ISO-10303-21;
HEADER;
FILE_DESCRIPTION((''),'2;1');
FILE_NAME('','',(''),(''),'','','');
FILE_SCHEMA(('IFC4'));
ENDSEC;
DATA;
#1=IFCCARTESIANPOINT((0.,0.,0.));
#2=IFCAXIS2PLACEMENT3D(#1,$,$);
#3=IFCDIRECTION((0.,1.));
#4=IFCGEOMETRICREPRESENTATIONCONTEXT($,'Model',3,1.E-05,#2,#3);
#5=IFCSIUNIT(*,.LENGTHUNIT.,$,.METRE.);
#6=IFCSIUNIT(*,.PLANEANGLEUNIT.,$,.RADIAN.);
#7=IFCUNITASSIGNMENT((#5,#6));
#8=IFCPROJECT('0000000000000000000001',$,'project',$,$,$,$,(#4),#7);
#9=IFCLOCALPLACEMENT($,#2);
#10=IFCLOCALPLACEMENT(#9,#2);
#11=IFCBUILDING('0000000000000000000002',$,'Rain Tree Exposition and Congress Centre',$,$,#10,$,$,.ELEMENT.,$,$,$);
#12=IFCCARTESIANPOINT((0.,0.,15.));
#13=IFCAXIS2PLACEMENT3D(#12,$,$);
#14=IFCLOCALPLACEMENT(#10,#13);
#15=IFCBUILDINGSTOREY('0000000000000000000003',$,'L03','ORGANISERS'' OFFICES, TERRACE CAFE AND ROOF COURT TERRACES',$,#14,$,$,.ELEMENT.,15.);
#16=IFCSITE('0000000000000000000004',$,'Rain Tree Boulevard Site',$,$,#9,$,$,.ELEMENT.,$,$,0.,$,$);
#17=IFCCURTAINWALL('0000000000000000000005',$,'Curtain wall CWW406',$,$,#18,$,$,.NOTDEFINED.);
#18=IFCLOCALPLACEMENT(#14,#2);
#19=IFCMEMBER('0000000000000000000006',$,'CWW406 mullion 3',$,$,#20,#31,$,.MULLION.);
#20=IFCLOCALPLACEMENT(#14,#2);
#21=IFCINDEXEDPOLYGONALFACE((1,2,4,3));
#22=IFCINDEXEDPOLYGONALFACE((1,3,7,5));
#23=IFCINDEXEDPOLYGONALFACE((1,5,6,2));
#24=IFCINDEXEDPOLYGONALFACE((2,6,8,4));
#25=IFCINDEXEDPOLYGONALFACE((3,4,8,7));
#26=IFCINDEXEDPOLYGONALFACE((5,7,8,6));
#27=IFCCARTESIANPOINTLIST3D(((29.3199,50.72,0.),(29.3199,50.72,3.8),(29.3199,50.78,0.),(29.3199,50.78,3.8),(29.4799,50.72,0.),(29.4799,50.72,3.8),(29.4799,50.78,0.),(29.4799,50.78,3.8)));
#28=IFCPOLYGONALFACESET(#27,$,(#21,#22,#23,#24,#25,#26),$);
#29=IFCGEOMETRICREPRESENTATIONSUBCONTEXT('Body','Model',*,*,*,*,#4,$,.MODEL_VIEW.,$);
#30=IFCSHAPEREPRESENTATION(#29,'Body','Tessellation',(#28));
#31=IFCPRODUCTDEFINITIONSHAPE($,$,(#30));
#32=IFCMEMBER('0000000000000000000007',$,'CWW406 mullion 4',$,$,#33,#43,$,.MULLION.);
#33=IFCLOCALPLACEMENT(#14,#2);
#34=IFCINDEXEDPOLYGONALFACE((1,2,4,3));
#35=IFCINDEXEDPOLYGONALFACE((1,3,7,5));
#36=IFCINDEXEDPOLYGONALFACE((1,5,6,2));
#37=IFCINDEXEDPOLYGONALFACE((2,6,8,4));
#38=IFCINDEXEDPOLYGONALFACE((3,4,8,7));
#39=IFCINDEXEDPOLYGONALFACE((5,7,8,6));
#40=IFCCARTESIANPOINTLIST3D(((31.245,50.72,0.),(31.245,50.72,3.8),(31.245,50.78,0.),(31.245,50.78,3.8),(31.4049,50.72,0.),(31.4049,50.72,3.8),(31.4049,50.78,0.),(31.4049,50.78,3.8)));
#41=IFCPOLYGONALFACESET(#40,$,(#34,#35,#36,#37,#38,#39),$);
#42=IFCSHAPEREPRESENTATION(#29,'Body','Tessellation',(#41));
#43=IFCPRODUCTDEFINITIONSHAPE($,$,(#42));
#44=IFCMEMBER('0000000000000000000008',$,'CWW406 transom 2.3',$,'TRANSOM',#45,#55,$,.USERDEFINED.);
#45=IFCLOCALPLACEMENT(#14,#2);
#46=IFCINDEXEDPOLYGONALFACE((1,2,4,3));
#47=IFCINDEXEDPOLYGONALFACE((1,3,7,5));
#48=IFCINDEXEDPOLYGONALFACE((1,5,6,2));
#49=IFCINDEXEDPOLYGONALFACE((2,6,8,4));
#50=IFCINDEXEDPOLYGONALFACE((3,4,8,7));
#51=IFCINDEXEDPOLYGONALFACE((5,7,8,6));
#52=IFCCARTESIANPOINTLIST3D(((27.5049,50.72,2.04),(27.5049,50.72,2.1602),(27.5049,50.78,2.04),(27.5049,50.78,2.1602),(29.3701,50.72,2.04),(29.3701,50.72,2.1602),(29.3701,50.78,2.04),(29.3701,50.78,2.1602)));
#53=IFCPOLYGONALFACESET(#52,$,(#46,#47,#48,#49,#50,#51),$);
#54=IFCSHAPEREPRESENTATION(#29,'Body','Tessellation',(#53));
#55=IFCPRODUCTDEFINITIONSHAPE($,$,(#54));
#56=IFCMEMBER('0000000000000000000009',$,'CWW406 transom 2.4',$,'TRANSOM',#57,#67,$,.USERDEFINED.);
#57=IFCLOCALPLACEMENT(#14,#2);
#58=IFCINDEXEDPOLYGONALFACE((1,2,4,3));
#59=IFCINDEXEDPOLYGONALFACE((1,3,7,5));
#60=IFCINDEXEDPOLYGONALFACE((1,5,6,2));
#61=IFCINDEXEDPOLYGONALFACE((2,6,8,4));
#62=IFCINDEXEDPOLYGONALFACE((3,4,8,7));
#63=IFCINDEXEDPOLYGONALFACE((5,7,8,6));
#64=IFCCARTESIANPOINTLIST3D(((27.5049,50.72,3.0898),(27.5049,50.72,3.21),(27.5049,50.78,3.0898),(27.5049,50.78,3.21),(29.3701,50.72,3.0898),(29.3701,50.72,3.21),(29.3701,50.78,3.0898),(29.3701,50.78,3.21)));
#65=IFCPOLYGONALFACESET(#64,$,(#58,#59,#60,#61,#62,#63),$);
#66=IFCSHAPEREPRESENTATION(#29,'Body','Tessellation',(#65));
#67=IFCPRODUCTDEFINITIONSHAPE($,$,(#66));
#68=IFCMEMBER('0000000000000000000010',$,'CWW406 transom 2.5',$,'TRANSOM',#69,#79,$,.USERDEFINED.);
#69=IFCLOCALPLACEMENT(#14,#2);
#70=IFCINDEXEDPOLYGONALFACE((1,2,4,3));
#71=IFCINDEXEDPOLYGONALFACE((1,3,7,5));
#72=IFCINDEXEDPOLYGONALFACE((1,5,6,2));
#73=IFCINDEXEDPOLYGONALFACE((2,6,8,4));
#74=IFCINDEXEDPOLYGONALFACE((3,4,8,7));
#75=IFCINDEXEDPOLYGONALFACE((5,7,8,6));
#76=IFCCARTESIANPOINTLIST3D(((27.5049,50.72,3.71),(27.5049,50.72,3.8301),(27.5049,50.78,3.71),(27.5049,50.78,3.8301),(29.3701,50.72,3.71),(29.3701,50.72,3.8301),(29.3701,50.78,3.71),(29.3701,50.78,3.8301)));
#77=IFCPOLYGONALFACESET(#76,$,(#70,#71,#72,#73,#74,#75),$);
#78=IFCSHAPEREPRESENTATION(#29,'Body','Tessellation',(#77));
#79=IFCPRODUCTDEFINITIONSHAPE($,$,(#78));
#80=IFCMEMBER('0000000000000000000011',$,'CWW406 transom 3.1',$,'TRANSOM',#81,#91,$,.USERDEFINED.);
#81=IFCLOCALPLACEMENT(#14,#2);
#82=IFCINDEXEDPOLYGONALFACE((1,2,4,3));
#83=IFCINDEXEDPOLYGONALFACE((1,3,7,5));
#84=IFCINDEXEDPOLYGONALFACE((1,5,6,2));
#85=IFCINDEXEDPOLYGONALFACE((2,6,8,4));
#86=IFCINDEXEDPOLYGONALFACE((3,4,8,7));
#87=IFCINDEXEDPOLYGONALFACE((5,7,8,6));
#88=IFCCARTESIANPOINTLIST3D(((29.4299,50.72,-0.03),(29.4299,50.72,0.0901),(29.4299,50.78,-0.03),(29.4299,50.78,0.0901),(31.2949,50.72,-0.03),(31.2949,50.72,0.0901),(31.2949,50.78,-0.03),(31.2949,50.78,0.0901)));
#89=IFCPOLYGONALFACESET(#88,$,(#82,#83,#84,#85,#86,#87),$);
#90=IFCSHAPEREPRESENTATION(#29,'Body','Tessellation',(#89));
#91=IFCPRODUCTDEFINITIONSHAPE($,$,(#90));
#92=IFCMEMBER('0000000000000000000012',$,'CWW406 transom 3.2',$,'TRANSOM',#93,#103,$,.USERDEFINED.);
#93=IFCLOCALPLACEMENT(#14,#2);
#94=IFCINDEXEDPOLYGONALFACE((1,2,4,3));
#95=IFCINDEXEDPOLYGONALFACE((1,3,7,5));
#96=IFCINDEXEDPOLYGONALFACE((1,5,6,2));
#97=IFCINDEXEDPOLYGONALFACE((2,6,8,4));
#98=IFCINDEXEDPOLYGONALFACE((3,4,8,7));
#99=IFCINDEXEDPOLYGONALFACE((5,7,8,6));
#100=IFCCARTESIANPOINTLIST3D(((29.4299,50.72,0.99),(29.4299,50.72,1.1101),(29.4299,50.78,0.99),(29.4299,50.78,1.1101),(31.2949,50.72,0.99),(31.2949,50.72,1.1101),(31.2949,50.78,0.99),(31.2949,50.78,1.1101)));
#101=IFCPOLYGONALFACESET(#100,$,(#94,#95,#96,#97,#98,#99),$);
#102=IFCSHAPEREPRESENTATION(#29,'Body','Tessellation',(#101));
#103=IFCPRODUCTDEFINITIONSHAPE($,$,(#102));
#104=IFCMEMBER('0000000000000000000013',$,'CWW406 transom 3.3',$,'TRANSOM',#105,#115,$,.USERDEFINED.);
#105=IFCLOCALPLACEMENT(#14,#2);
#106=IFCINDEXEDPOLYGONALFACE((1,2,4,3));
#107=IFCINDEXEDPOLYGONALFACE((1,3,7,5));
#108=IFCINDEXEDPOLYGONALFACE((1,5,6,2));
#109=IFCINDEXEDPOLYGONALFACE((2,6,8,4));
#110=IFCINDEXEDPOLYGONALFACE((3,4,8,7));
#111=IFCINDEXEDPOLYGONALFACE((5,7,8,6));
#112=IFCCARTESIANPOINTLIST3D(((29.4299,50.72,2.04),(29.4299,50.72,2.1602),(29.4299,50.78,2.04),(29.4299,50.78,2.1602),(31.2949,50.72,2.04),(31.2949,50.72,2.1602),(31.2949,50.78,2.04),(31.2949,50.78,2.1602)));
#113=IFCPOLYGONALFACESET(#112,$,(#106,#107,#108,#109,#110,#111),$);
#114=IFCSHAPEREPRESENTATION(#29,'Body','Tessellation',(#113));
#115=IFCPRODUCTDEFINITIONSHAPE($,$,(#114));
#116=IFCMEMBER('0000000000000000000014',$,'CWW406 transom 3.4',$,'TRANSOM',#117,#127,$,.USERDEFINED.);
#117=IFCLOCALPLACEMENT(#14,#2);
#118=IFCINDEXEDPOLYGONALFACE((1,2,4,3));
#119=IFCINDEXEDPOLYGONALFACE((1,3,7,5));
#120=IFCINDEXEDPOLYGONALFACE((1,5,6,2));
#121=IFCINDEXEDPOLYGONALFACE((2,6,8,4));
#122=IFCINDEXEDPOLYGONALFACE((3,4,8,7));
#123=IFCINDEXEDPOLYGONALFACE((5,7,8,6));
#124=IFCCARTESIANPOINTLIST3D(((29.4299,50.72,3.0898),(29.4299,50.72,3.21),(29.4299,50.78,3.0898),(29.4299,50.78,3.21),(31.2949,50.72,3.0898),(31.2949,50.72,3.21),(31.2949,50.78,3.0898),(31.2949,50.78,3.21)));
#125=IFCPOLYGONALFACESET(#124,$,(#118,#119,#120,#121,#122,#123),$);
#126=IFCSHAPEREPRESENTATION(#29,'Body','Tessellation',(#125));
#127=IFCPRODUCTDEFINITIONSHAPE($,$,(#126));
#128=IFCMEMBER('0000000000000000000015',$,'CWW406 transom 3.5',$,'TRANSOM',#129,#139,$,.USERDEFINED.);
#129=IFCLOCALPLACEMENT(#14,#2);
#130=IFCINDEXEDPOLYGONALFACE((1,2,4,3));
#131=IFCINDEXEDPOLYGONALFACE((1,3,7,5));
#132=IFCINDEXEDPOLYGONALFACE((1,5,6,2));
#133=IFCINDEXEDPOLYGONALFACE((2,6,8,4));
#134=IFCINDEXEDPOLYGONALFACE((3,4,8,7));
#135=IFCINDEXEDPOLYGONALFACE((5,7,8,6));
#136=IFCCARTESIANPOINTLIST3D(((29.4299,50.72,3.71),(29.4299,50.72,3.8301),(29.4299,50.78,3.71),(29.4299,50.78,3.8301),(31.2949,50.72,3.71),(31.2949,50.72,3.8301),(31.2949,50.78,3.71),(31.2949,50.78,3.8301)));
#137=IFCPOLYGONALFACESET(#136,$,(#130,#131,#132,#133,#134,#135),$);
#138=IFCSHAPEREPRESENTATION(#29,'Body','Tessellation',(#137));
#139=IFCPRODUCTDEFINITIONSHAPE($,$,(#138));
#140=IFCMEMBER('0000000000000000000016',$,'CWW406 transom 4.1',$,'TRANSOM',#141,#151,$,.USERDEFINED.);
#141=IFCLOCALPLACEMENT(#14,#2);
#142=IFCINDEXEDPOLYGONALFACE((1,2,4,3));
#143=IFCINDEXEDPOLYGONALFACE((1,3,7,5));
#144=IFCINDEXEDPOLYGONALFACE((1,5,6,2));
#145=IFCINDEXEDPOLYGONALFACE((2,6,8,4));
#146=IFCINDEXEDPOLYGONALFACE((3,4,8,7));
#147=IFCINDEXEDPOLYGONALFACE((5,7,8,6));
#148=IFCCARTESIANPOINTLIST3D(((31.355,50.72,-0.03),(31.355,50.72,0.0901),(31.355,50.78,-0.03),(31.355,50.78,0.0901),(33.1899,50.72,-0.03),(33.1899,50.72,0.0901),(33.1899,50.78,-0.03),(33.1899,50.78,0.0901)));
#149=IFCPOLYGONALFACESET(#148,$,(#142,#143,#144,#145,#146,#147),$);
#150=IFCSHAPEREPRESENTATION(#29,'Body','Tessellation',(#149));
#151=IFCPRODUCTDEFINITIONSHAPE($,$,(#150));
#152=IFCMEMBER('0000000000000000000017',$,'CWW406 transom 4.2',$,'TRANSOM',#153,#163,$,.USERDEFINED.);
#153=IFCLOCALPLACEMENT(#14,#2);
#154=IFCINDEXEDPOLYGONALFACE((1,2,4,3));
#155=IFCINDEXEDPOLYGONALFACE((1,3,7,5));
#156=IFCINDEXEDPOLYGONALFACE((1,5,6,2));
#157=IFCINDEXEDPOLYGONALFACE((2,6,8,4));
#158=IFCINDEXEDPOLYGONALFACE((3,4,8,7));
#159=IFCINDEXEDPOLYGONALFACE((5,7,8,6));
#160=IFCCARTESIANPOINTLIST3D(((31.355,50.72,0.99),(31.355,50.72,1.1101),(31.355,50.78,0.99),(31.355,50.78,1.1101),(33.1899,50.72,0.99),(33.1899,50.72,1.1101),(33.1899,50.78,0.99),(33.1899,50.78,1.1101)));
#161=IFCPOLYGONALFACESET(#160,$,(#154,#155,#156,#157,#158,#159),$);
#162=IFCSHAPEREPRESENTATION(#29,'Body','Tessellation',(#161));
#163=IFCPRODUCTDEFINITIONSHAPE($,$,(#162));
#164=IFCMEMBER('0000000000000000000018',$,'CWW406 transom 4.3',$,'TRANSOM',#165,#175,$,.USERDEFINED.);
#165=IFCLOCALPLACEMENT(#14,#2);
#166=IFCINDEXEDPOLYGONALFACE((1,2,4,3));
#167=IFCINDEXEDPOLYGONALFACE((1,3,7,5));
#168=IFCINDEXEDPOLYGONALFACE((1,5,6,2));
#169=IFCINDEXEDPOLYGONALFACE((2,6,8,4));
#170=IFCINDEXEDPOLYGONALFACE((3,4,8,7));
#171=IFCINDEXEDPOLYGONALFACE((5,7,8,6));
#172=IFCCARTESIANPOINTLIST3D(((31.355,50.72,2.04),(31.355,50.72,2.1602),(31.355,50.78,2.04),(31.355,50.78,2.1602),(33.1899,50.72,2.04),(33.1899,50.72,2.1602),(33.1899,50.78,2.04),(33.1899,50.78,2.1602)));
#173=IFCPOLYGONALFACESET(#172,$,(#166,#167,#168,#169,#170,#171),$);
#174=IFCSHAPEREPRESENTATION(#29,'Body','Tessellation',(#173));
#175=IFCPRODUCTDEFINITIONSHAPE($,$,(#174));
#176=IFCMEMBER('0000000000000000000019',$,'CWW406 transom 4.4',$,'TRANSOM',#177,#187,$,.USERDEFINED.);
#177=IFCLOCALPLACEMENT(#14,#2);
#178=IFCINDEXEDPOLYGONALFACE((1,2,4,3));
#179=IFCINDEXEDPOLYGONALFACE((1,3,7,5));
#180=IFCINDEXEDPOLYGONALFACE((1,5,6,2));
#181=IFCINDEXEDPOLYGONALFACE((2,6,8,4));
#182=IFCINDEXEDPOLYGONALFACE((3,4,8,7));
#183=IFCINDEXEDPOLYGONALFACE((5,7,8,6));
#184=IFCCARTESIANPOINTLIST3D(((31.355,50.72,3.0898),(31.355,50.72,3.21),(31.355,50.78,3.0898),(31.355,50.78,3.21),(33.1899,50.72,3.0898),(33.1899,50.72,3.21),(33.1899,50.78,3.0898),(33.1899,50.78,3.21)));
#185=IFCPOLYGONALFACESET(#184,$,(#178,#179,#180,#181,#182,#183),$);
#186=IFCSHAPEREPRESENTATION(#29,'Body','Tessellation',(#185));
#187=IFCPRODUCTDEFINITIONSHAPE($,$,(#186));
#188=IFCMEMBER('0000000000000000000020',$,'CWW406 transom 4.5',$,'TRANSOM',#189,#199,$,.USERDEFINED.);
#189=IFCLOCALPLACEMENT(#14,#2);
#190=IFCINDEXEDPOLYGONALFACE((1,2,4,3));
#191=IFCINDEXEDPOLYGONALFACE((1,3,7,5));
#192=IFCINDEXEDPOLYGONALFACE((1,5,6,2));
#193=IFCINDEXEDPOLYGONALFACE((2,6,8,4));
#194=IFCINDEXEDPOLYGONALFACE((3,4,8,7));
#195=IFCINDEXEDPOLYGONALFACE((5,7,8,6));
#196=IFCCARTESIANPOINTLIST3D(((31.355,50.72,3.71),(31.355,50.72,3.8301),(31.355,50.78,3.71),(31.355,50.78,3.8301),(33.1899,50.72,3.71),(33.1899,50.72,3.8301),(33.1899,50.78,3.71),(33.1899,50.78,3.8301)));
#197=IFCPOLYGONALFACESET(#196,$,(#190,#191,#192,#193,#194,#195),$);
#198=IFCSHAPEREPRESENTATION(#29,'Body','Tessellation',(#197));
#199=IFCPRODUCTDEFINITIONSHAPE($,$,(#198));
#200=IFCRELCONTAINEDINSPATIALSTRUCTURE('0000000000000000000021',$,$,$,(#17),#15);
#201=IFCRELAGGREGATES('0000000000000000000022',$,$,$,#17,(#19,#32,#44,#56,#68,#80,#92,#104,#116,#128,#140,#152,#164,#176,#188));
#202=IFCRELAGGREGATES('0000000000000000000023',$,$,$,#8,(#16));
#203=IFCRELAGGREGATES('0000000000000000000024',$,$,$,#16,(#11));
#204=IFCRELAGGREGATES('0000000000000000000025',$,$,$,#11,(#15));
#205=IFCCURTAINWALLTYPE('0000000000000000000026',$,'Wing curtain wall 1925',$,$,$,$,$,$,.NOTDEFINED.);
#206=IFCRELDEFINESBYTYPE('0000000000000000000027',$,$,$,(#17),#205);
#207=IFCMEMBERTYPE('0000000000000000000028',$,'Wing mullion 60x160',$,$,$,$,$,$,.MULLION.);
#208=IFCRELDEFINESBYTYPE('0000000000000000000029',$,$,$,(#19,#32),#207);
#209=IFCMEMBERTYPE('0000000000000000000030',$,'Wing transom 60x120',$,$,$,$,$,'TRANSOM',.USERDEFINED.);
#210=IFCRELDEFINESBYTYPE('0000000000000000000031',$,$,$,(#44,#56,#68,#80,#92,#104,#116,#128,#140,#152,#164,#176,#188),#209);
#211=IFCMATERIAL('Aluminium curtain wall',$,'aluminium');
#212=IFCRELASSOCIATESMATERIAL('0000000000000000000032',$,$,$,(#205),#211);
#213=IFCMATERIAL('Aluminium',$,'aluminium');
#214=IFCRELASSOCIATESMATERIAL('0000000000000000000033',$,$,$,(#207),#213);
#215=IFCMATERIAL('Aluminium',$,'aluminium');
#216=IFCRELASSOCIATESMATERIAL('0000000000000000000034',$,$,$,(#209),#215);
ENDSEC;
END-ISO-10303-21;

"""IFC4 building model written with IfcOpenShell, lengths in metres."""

from ifc_helpers import new_model, si_unit, direction, frame, origin, origin_2d, place, context, subcontext, project, spatial, rectangle, extrude, material, material_profile, profile_set, type_object, element, aggregate, save


model = new_model("IFC4")

# Units and contexts
model_context = context("Model", 3, precision=1e-05, world=origin(), true_north=direction((0.0, 1.0)))
body_context = subcontext(model_context, "Body", "Model", "MODEL_VIEW")
ifc_project = project(units=[si_unit("LENGTHUNIT", "METRE"), si_unit("PLANEANGLEUNIT", "RADIAN")], contexts=[model_context])

# Site, building, storey
site_placement = place(None, origin())
site = spatial("IfcSite", under=ifc_project, at=site_placement, Name="Rain Tree Boulevard Site", CompositionType="ELEMENT", RefElevation=0.0)
building_placement = place(site_placement, origin())
building = spatial("IfcBuilding", under=site, at=building_placement, Name="Rain Tree Exposition and Congress Centre", CompositionType="ELEMENT")
storey_placement = place(building_placement, frame((0.0, 0.0, 15.0)))
storey = spatial("IfcBuildingStorey", under=building, at=storey_placement, Name="L03", Description="ORGANISERS' OFFICES, TERRACE CAFE AND ROOF COURT TERRACES", CompositionType="ELEMENT", Elevation=15.0)

# Curtain wall, members
ifc_material_1 = material(Name="Aluminium curtain wall", Category="aluminium")
curtain_wall_type = type_object("IfcCurtainWallType", Name="Wing curtain wall 1925", PredefinedType="NOTDEFINED", material=ifc_material_1)
curtain_wall_placement = place(storey_placement, origin())
curtain_wall = element("IfcCurtainWall", 1, at=curtain_wall_placement, inside=storey, type_object=curtain_wall_type, Name="Curtain wall CWW406", PredefinedType="NOTDEFINED")
ifc_material_2 = material(Name="Aluminium", Category="aluminium")
ifc_material_profile_1 = material_profile(ifc_material_2, rectangle(XDim=0.0601, YDim=0.1599, at=origin_2d()), Name="Aluminium 60x160")
ifc_profile_set_1 = profile_set([ifc_material_profile_1], Name="Aluminium")
member_type_1 = type_object("IfcMemberType", Name="Wing mullion 60x160", PredefinedType="MULLION", material=ifc_profile_set_1)
member_1_placement = place(storey_placement, frame((29.3999, 50.75, 0.0), z_axis=(0.0, 0.0, 1.0), x_axis=(0.0, 1.0, 0.0)))
member_1 = element("IfcMember", 2, at=member_1_placement, type_object=member_type_1, Name="CWW406 mullion 3", PredefinedType="MULLION", context=body_context, shape_type="SweptSolid", body=[
    extrude(rectangle(XDim=0.0601, YDim=0.1599, at=origin_2d()), origin(), (0.0, 0.0, 1.0), 3.8),
])
member_2_placement = place(storey_placement, frame((31.325, 50.75, 0.0), z_axis=(0.0, 0.0, 1.0), x_axis=(0.0, 1.0, 0.0)))
member_2 = element("IfcMember", 3, at=member_2_placement, type_object=member_type_1, Name="CWW406 mullion 4", PredefinedType="MULLION", context=body_context, shape_type="SweptSolid", body=[
    extrude(rectangle(XDim=0.0601, YDim=0.1599, at=origin_2d()), origin(), (0.0, 0.0, 1.0), 3.8),
])
ifc_material_3 = material(Name="Aluminium", Category="aluminium")
ifc_material_profile_2 = material_profile(ifc_material_3, rectangle(XDim=0.0601, YDim=0.1201, at=origin_2d()), Name="Aluminium 60x120")
ifc_profile_set_2 = profile_set([ifc_material_profile_2], Name="Aluminium")
member_type_2 = type_object("IfcMemberType", Name="Wing transom 60x120", ElementType="TRANSOM", PredefinedType="USERDEFINED", material=ifc_profile_set_2)
member_3_placement = place(storey_placement, frame((27.5049, 50.75, 2.1001), z_axis=(1.0, 0.0, 0.0), x_axis=(0.0, 1.0, 0.0)))
member_3 = element("IfcMember", 4, at=member_3_placement, type_object=member_type_2, Name="CWW406 transom 2.3", ObjectType="TRANSOM", PredefinedType="USERDEFINED", context=body_context, shape_type="SweptSolid", body=[
    extrude(rectangle(XDim=0.0601, YDim=0.1201, at=origin_2d()), origin(), (0.0, 0.0, 1.0), 1.8652),
])
member_4_placement = place(storey_placement, frame((27.5049, 50.75, 3.1499), z_axis=(1.0, 0.0, 0.0), x_axis=(0.0, 1.0, 0.0)))
member_4 = element("IfcMember", 5, at=member_4_placement, type_object=member_type_2, Name="CWW406 transom 2.4", ObjectType="TRANSOM", PredefinedType="USERDEFINED", context=body_context, shape_type="SweptSolid", body=[
    extrude(rectangle(XDim=0.0601, YDim=0.1201, at=origin_2d()), origin(), (0.0, 0.0, 1.0), 1.8652),
])
member_5_placement = place(storey_placement, frame((27.5049, 50.75, 3.77), z_axis=(1.0, 0.0, 0.0), x_axis=(0.0, 1.0, 0.0)))
member_5 = element("IfcMember", 6, at=member_5_placement, type_object=member_type_2, Name="CWW406 transom 2.5", ObjectType="TRANSOM", PredefinedType="USERDEFINED", context=body_context, shape_type="SweptSolid", body=[
    extrude(rectangle(XDim=0.0601, YDim=0.1201, at=origin_2d()), origin(), (0.0, 0.0, 1.0), 1.8652),
])
member_6_placement = place(storey_placement, frame((29.4299, 50.75, 0.03), z_axis=(1.0, 0.0, 0.0), x_axis=(0.0, 1.0, 0.0)))
member_6 = element("IfcMember", 7, at=member_6_placement, type_object=member_type_2, Name="CWW406 transom 3.1", ObjectType="TRANSOM", PredefinedType="USERDEFINED", context=body_context, shape_type="SweptSolid", body=[
    extrude(rectangle(XDim=0.0601, YDim=0.1201, at=origin_2d()), origin(), (0.0, 0.0, 1.0), 1.865),
])
member_7_placement = place(storey_placement, frame((29.4299, 50.75, 1.05), z_axis=(1.0, 0.0, 0.0), x_axis=(0.0, 1.0, 0.0)))
member_7 = element("IfcMember", 8, at=member_7_placement, type_object=member_type_2, Name="CWW406 transom 3.2", ObjectType="TRANSOM", PredefinedType="USERDEFINED", context=body_context, shape_type="SweptSolid", body=[
    extrude(rectangle(XDim=0.0601, YDim=0.1201, at=origin_2d()), origin(), (0.0, 0.0, 1.0), 1.865),
])
member_8_placement = place(storey_placement, frame((29.4299, 50.75, 2.1001), z_axis=(1.0, 0.0, 0.0), x_axis=(0.0, 1.0, 0.0)))
member_8 = element("IfcMember", 9, at=member_8_placement, type_object=member_type_2, Name="CWW406 transom 3.3", ObjectType="TRANSOM", PredefinedType="USERDEFINED", context=body_context, shape_type="SweptSolid", body=[
    extrude(rectangle(XDim=0.0601, YDim=0.1201, at=origin_2d()), origin(), (0.0, 0.0, 1.0), 1.865),
])
member_9_placement = place(storey_placement, frame((29.4299, 50.75, 3.1499), z_axis=(1.0, 0.0, 0.0), x_axis=(0.0, 1.0, 0.0)))
member_9 = element("IfcMember", 10, at=member_9_placement, type_object=member_type_2, Name="CWW406 transom 3.4", ObjectType="TRANSOM", PredefinedType="USERDEFINED", context=body_context, shape_type="SweptSolid", body=[
    extrude(rectangle(XDim=0.0601, YDim=0.1201, at=origin_2d()), origin(), (0.0, 0.0, 1.0), 1.865),
])
member_10_placement = place(storey_placement, frame((29.4299, 50.75, 3.77), z_axis=(1.0, 0.0, 0.0), x_axis=(0.0, 1.0, 0.0)))
member_10 = element("IfcMember", 11, at=member_10_placement, type_object=member_type_2, Name="CWW406 transom 3.5", ObjectType="TRANSOM", PredefinedType="USERDEFINED", context=body_context, shape_type="SweptSolid", body=[
    extrude(rectangle(XDim=0.0601, YDim=0.1201, at=origin_2d()), origin(), (0.0, 0.0, 1.0), 1.865),
])
member_11_placement = place(storey_placement, frame((31.355, 50.75, 0.03), z_axis=(1.0, 0.0, 0.0), x_axis=(0.0, 1.0, 0.0)))
member_11 = element("IfcMember", 12, at=member_11_placement, type_object=member_type_2, Name="CWW406 transom 4.1", ObjectType="TRANSOM", PredefinedType="USERDEFINED", context=body_context, shape_type="SweptSolid", body=[
    extrude(rectangle(XDim=0.0601, YDim=0.1201, at=origin_2d()), origin(), (0.0, 0.0, 1.0), 1.835),
])
member_12_placement = place(storey_placement, frame((31.355, 50.75, 1.05), z_axis=(1.0, 0.0, 0.0), x_axis=(0.0, 1.0, 0.0)))
member_12 = element("IfcMember", 13, at=member_12_placement, type_object=member_type_2, Name="CWW406 transom 4.2", ObjectType="TRANSOM", PredefinedType="USERDEFINED", context=body_context, shape_type="SweptSolid", body=[
    extrude(rectangle(XDim=0.0601, YDim=0.1201, at=origin_2d()), origin(), (0.0, 0.0, 1.0), 1.835),
])
member_13_placement = place(storey_placement, frame((31.355, 50.75, 2.1001), z_axis=(1.0, 0.0, 0.0), x_axis=(0.0, 1.0, 0.0)))
member_13 = element("IfcMember", 14, at=member_13_placement, type_object=member_type_2, Name="CWW406 transom 4.3", ObjectType="TRANSOM", PredefinedType="USERDEFINED", context=body_context, shape_type="SweptSolid", body=[
    extrude(rectangle(XDim=0.0601, YDim=0.1201, at=origin_2d()), origin(), (0.0, 0.0, 1.0), 1.835),
])
member_14_placement = place(storey_placement, frame((31.355, 50.75, 3.1499), z_axis=(1.0, 0.0, 0.0), x_axis=(0.0, 1.0, 0.0)))
member_14 = element("IfcMember", 15, at=member_14_placement, type_object=member_type_2, Name="CWW406 transom 4.4", ObjectType="TRANSOM", PredefinedType="USERDEFINED", context=body_context, shape_type="SweptSolid", body=[
    extrude(rectangle(XDim=0.0601, YDim=0.1201, at=origin_2d()), origin(), (0.0, 0.0, 1.0), 1.835),
])
member_15_placement = place(storey_placement, frame((31.355, 50.75, 3.77), z_axis=(1.0, 0.0, 0.0), x_axis=(0.0, 1.0, 0.0)))
member_15 = element("IfcMember", 16, at=member_15_placement, type_object=member_type_2, Name="CWW406 transom 4.5", ObjectType="TRANSOM", PredefinedType="USERDEFINED", context=body_context, shape_type="SweptSolid", body=[
    extrude(rectangle(XDim=0.0601, YDim=0.1201, at=origin_2d()), origin(), (0.0, 0.0, 1.0), 1.835),
])
aggregate(curtain_wall, [member_1, member_2, member_3, member_4, member_5, member_6, member_7, member_8, member_9, member_10, member_11, member_12, member_13, member_14, member_15])

save(model, "model.ifc")
